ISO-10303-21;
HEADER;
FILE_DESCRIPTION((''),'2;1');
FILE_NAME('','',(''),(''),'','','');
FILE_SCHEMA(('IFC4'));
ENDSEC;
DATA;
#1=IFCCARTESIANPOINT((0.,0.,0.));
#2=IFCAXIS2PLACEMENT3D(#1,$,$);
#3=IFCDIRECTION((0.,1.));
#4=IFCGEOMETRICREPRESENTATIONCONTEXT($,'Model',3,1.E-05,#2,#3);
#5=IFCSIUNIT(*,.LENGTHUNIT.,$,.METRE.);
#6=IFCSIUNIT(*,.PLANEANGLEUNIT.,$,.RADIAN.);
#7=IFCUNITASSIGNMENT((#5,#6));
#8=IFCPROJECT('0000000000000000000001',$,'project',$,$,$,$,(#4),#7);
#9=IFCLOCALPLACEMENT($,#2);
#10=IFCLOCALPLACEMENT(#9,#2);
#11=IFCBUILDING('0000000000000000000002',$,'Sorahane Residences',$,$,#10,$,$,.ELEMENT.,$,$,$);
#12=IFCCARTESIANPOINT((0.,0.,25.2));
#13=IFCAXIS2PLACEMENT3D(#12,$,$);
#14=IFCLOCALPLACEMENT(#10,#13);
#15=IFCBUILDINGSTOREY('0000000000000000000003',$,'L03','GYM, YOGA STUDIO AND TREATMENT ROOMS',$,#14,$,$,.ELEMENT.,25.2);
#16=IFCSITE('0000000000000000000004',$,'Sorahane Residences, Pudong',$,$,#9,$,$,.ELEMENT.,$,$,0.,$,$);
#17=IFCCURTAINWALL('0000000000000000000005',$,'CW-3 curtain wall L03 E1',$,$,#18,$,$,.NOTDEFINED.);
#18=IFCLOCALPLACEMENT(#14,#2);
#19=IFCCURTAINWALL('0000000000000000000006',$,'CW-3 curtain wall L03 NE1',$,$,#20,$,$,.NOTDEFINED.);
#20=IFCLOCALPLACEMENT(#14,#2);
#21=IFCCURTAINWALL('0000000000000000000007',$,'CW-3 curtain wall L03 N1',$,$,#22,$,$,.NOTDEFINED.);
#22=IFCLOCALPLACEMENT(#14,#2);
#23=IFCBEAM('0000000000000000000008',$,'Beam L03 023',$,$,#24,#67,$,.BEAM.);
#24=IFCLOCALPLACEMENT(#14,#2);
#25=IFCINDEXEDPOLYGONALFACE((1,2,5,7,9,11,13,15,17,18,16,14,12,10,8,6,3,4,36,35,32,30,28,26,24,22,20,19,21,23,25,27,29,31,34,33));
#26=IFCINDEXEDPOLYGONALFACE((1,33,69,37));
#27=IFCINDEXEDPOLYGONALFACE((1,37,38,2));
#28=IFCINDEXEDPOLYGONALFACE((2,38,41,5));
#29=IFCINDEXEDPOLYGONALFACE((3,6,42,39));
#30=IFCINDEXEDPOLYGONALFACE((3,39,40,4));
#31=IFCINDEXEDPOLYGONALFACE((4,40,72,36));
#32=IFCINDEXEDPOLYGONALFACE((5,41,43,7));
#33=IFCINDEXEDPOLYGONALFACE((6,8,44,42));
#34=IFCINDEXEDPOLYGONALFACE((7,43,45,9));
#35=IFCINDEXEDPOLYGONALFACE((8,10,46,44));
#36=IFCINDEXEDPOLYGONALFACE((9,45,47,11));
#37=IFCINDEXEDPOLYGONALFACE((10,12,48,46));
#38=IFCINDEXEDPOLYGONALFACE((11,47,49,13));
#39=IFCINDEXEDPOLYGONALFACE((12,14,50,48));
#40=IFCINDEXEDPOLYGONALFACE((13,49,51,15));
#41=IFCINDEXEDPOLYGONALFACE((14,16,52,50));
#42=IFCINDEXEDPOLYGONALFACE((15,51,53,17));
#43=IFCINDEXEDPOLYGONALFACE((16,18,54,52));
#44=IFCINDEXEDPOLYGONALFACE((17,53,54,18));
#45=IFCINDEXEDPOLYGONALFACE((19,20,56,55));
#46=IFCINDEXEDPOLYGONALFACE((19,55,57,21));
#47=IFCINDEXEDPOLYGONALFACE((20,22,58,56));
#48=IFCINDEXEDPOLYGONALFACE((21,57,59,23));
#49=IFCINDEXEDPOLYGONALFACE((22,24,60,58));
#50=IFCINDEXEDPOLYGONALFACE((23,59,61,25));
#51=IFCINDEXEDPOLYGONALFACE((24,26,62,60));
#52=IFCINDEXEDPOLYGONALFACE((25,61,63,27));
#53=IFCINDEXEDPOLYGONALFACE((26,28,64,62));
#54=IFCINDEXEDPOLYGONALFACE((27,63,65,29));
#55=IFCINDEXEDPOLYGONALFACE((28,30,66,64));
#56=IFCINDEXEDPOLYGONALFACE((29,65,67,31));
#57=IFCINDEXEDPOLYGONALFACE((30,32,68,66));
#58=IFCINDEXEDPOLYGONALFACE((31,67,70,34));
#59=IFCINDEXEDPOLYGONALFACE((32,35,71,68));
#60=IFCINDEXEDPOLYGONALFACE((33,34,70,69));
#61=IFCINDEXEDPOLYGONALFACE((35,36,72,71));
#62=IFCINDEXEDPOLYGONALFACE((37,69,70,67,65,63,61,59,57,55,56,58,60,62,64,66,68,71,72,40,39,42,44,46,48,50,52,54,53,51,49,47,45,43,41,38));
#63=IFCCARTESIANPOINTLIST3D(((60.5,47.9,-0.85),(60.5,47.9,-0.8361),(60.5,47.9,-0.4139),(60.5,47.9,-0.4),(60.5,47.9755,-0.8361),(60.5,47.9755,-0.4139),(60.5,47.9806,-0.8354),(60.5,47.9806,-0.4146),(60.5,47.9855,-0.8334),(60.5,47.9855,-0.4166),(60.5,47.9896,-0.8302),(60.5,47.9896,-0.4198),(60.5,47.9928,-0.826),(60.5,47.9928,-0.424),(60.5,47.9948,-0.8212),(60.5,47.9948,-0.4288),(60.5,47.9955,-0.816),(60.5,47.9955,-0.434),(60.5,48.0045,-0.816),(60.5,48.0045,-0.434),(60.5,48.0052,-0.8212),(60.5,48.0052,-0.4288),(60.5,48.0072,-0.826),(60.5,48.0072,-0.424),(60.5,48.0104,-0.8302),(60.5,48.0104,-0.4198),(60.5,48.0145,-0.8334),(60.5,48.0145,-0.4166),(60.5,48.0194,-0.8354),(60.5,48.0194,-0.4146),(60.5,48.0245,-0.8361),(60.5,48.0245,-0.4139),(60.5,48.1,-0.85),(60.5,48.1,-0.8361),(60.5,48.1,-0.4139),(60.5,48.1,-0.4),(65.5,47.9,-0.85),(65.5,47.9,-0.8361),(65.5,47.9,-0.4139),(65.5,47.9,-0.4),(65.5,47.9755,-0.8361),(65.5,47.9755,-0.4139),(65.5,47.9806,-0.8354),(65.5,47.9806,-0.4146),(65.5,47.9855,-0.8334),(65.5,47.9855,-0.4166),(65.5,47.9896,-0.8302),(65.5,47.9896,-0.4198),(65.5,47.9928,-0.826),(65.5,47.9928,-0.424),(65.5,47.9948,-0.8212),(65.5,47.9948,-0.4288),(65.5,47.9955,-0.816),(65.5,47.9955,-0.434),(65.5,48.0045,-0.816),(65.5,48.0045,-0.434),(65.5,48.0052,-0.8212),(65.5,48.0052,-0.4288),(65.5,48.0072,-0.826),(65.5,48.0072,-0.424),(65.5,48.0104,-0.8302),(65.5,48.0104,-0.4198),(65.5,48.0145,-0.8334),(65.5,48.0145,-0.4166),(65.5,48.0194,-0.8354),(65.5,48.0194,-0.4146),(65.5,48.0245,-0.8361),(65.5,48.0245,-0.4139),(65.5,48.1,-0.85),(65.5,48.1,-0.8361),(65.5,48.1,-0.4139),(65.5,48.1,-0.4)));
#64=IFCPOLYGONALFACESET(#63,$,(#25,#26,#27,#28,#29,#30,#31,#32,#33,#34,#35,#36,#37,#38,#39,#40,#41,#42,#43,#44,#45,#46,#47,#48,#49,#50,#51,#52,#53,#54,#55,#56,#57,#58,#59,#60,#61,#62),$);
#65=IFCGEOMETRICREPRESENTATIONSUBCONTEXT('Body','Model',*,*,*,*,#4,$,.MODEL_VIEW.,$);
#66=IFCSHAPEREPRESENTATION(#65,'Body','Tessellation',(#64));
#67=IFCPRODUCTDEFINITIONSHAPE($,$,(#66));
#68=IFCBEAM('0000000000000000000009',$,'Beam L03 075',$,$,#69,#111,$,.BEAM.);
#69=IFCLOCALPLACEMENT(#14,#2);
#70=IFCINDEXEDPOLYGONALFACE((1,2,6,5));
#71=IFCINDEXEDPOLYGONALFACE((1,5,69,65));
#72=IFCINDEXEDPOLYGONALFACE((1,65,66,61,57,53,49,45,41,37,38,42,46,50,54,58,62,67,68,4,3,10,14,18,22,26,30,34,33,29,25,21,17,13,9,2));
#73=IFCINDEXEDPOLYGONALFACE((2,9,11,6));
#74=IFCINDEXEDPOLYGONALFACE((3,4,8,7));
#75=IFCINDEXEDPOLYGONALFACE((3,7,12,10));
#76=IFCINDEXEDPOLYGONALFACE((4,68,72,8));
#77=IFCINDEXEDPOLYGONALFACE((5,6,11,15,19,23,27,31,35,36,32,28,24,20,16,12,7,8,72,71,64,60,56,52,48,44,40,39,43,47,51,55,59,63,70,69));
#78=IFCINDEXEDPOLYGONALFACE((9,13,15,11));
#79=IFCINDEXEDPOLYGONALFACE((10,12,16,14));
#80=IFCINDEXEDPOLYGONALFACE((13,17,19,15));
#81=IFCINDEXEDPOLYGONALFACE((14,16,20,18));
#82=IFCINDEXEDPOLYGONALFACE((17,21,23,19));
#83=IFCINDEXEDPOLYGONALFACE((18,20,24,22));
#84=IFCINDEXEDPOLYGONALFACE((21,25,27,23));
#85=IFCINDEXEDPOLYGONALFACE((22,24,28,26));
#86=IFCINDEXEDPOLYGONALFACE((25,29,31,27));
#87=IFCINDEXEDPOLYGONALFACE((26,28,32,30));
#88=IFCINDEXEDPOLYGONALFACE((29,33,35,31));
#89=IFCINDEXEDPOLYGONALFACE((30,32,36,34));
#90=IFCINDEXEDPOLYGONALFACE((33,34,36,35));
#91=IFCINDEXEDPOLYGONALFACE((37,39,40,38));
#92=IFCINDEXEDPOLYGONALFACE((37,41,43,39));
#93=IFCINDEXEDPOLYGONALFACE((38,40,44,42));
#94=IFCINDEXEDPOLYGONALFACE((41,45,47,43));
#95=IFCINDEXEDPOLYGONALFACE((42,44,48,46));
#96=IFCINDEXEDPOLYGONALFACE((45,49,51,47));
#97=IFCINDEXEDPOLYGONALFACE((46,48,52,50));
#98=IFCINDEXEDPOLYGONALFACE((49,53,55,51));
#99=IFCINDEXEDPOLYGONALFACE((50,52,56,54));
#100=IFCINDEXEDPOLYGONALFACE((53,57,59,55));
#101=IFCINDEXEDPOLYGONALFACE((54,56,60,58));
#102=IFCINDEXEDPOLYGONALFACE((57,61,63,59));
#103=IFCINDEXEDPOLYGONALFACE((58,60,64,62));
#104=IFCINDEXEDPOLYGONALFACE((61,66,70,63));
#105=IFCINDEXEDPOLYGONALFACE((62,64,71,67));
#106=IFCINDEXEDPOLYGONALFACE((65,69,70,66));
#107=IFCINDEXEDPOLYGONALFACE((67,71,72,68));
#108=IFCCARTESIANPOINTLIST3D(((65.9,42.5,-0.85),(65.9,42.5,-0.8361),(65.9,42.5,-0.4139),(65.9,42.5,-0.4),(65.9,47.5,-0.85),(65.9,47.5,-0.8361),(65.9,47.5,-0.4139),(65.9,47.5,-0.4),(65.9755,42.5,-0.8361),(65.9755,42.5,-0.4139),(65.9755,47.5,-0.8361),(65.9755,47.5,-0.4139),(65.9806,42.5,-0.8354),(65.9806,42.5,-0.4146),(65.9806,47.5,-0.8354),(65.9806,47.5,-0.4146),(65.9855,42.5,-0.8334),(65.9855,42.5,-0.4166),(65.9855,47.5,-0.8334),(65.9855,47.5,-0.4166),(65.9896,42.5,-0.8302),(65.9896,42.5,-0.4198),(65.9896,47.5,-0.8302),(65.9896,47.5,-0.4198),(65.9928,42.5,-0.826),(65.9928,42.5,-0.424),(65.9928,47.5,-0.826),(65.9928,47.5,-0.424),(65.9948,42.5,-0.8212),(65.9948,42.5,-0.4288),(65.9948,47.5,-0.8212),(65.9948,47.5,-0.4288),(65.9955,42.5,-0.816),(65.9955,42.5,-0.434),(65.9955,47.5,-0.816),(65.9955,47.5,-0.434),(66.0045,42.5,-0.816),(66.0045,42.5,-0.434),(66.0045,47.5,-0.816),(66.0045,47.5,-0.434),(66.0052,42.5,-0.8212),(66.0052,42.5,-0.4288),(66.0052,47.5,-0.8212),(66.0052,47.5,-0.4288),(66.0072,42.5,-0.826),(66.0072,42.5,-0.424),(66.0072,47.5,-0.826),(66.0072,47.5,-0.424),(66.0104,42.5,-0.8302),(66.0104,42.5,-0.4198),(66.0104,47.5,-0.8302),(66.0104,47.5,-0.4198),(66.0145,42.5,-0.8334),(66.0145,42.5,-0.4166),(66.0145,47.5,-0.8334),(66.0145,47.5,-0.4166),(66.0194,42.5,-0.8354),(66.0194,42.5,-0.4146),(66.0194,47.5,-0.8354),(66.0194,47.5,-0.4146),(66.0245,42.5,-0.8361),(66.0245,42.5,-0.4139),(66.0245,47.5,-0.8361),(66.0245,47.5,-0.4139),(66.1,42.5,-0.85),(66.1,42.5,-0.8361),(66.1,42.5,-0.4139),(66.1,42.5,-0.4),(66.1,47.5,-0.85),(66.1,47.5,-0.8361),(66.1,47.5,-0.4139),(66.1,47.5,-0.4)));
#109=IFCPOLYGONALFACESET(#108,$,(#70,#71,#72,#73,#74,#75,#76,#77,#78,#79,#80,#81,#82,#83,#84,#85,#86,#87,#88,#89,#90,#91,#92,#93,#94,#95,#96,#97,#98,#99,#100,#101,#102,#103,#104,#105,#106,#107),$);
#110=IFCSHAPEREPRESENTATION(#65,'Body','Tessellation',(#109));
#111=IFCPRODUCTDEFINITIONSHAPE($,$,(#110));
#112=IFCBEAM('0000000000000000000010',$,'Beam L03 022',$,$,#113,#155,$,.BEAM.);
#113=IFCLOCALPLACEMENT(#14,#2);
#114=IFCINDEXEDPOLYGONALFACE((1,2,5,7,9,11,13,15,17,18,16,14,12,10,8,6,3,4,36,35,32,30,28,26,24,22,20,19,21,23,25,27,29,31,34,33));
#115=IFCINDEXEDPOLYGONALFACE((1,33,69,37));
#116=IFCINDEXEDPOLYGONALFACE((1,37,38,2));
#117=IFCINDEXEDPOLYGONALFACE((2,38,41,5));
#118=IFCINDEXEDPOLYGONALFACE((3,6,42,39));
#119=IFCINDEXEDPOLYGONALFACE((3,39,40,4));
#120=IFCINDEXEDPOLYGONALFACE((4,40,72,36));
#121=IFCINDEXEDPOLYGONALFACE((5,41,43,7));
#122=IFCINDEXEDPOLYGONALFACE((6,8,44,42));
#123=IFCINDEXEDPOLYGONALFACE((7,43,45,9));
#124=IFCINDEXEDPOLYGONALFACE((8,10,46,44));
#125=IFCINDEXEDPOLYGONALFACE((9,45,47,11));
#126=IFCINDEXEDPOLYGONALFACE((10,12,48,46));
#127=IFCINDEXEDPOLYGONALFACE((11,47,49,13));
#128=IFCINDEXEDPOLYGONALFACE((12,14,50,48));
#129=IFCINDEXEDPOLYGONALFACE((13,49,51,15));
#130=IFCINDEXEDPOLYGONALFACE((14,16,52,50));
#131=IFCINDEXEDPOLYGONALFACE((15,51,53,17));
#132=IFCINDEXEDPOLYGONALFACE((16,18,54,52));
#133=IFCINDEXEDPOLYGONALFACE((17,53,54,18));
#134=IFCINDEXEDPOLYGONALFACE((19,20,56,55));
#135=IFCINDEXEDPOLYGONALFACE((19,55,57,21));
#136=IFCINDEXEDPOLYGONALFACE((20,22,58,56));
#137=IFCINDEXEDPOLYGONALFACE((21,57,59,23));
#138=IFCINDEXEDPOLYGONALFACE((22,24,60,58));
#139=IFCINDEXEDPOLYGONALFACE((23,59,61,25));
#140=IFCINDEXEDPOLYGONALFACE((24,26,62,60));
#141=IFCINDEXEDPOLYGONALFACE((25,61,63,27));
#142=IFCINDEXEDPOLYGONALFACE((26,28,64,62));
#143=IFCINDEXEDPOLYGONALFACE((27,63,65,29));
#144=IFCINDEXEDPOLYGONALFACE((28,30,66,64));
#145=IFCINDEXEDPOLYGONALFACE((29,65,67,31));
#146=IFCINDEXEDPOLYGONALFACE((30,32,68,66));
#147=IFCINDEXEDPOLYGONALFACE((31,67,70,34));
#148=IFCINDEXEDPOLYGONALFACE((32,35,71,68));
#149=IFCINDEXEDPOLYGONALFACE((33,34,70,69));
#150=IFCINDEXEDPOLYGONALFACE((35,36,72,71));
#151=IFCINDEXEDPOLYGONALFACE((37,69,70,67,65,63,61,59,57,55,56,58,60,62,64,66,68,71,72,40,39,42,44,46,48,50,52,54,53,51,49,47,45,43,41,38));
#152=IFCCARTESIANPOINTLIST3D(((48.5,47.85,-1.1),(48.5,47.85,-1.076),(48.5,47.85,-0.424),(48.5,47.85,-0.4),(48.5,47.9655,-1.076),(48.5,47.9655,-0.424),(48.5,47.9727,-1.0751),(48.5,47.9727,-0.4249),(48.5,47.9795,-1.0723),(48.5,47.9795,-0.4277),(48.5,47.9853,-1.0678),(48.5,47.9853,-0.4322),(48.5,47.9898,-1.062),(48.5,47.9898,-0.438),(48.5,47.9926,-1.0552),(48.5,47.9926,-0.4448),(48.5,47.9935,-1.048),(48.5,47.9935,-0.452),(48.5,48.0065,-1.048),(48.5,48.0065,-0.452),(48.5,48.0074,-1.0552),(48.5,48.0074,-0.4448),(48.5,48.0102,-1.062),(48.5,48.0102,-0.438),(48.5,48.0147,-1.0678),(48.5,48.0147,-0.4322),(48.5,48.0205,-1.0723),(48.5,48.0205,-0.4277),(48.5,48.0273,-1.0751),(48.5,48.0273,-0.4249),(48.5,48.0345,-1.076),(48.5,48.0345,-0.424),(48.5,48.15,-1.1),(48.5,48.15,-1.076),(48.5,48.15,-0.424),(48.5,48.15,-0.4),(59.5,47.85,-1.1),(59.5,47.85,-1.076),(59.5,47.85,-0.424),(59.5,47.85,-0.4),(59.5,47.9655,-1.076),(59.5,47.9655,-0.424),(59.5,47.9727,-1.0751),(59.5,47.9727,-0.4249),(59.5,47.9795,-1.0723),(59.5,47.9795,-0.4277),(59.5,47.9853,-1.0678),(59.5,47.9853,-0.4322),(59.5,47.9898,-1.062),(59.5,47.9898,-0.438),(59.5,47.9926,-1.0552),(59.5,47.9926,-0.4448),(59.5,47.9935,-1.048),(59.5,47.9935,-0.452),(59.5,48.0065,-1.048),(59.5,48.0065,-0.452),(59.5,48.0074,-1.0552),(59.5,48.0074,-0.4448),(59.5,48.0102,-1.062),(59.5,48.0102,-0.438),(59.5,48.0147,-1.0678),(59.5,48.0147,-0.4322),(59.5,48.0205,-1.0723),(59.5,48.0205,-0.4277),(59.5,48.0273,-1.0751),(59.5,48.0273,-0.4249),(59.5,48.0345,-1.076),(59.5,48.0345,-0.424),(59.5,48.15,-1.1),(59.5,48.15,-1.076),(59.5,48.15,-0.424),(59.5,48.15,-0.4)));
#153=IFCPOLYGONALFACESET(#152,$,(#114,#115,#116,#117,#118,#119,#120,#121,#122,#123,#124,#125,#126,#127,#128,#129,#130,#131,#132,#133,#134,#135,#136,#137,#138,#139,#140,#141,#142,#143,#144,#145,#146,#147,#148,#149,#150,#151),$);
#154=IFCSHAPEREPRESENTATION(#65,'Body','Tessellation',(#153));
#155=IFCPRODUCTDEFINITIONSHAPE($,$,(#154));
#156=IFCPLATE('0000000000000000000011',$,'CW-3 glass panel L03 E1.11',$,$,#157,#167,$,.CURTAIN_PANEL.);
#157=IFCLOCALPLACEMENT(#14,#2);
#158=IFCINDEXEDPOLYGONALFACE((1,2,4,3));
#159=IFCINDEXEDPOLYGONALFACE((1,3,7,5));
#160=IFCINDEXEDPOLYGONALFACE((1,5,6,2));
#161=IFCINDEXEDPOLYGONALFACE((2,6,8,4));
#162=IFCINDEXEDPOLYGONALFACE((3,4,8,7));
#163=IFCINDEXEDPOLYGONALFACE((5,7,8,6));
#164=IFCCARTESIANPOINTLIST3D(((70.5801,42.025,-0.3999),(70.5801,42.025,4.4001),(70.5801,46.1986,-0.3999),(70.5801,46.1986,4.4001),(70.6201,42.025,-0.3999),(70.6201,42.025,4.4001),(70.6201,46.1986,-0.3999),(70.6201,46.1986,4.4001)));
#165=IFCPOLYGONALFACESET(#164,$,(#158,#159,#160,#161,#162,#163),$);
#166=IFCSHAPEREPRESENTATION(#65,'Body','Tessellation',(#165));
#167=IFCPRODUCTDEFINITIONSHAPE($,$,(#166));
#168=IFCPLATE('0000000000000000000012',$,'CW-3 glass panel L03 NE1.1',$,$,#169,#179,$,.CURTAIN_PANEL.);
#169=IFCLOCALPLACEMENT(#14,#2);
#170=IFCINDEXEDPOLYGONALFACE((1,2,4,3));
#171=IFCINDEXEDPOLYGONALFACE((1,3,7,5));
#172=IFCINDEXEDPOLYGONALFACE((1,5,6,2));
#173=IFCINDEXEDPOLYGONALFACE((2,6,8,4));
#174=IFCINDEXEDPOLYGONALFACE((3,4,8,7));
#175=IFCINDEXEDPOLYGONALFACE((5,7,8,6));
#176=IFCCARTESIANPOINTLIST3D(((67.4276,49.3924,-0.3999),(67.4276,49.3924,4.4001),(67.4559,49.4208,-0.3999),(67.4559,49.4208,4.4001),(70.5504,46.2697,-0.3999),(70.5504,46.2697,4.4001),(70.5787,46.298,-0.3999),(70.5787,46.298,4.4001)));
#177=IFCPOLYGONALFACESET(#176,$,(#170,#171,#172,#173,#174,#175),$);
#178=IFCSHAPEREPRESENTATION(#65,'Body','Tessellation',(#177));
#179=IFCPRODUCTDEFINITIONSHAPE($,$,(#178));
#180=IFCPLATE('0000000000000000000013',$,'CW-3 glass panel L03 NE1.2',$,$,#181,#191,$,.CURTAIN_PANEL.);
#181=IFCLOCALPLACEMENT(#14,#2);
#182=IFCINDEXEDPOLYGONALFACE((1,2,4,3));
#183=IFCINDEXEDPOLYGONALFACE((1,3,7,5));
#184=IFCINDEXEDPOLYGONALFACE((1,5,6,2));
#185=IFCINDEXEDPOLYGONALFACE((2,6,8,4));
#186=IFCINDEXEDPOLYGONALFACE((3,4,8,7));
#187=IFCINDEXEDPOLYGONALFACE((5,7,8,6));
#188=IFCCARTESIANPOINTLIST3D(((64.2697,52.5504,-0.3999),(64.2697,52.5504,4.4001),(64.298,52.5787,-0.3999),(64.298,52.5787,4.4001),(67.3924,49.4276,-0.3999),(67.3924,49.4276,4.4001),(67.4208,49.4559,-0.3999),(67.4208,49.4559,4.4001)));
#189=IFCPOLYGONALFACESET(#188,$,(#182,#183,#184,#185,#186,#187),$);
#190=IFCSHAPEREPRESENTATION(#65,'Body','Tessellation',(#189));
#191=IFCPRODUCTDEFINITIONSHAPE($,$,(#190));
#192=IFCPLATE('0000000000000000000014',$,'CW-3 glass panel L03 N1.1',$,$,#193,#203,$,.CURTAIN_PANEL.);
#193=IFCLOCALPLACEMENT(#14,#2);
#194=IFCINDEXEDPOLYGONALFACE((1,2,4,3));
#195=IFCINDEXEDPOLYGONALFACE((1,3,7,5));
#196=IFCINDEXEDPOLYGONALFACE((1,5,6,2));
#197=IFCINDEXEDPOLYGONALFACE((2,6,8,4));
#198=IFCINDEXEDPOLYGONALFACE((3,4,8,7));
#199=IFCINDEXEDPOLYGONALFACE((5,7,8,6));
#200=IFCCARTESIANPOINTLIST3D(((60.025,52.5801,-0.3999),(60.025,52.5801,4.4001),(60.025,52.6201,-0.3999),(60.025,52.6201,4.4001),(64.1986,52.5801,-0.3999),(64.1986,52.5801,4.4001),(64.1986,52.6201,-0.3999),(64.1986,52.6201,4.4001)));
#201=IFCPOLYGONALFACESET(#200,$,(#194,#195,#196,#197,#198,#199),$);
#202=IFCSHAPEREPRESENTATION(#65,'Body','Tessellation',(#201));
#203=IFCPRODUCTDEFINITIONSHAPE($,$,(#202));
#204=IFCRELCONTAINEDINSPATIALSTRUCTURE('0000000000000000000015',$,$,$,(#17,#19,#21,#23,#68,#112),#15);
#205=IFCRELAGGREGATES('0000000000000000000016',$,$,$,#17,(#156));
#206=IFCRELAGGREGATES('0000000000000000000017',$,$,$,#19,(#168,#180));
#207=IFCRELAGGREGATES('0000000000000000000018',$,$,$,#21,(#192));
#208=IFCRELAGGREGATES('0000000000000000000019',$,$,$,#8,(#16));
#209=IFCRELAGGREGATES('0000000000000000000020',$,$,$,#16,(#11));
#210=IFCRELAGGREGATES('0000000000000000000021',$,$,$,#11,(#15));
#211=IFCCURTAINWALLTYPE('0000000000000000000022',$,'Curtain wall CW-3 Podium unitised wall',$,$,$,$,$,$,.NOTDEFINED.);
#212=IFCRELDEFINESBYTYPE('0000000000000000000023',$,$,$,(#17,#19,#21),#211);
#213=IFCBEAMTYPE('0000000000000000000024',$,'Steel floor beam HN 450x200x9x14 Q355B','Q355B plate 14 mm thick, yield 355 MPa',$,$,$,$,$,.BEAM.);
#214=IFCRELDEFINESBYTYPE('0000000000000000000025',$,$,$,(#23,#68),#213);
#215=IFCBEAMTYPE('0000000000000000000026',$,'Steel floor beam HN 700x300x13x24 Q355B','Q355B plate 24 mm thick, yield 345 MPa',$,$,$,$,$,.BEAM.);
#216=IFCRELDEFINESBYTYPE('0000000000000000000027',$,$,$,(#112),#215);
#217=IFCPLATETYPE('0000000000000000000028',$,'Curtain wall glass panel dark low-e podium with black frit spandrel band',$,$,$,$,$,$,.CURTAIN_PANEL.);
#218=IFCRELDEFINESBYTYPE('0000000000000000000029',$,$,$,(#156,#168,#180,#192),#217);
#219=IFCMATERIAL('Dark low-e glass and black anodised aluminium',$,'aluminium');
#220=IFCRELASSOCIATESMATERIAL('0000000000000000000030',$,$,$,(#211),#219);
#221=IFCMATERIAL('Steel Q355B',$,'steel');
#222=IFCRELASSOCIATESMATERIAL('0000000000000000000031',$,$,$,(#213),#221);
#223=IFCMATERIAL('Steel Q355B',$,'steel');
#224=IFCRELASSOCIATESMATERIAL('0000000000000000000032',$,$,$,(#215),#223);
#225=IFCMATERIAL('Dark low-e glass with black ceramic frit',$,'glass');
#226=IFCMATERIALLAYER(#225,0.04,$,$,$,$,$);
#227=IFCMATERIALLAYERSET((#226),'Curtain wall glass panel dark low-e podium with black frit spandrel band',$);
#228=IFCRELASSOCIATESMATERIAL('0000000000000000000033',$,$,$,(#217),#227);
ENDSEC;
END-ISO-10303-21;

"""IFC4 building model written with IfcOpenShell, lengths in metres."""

from ifc_helpers import new_model, si_unit, direction, frame, origin, origin_2d, place, context, subcontext, project, spatial, rectangle, i_section, extrude, material, layer, layer_set, material_profile, profile_set, type_object, element, aggregate, save


model = new_model("IFC4")

# Units and contexts
model_context = context("Model", 3, precision=1e-05, world=origin(), true_north=direction((0.0, 1.0)))
body_context = subcontext(model_context, "Body", "Model", "MODEL_VIEW")
ifc_project = project(units=[si_unit("LENGTHUNIT", "METRE"), si_unit("PLANEANGLEUNIT", "RADIAN")], contexts=[model_context])

# Site, building, storey
site_placement = place(None, origin())
site = spatial("IfcSite", under=ifc_project, at=site_placement, Name="Sorahane Residences, Pudong", CompositionType="ELEMENT", RefElevation=0.0)
building_placement = place(site_placement, origin())
building = spatial("IfcBuilding", under=site, at=building_placement, Name="Sorahane Residences", CompositionType="ELEMENT")
storey_placement = place(building_placement, frame((0.0, 0.0, 25.2)))
storey = spatial("IfcBuildingStorey", under=building, at=storey_placement, Name="L03", Description="GYM, YOGA STUDIO AND TREATMENT ROOMS", CompositionType="ELEMENT", Elevation=25.2)

# Curtain walls
ifc_material_1 = material(Name="Dark low-e glass and black anodised aluminium", Category="aluminium")
curtain_wall_type = type_object("IfcCurtainWallType", Name="Curtain wall CW-3 Podium unitised wall", PredefinedType="NOTDEFINED", material=ifc_material_1)
curtain_wall_1_placement = place(storey_placement, origin())
curtain_wall_1 = element("IfcCurtainWall", 1, at=curtain_wall_1_placement, inside=storey, type_object=curtain_wall_type, Name="CW-3 curtain wall L03 E1", PredefinedType="NOTDEFINED")
curtain_wall_2_placement = place(storey_placement, origin())
curtain_wall_2 = element("IfcCurtainWall", 2, at=curtain_wall_2_placement, inside=storey, type_object=curtain_wall_type, Name="CW-3 curtain wall L03 NE1", PredefinedType="NOTDEFINED")
curtain_wall_3_placement = place(storey_placement, origin())
curtain_wall_3 = element("IfcCurtainWall", 3, at=curtain_wall_3_placement, inside=storey, type_object=curtain_wall_type, Name="CW-3 curtain wall L03 N1", PredefinedType="NOTDEFINED")

# Beams
ifc_material_2 = material(Name="Steel Q355B", Category="steel")
ifc_material_profile_1 = material_profile(ifc_material_2, i_section(OverallWidth=0.2, OverallDepth=0.45, WebThickness=0.009, FlangeThickness=0.0139, FilletRadius=0.02, at=origin_2d()), Name="HN 450x200x9x14")
ifc_profile_set_1 = profile_set([ifc_material_profile_1], Name="Steel Q355B")
beam_type_1 = type_object("IfcBeamType", Name="Steel floor beam HN 450x200x9x14 Q355B", Description="Q355B plate 14 mm thick, yield 355 MPa", PredefinedType="BEAM", material=ifc_profile_set_1)
for number, where, z_axis, x_axis, name in (
    (4, (60.5, 48.0, -0.625), (1.0, 0.0, 0.0), (0.0, 1.0, 0.0), "Beam L03 023"),
    (5, (66.0, 42.5, -0.625), (0.0, 1.0, 0.0), (-1.0, 0.0, 0.0), "Beam L03 075"),
):
    element("IfcBeam", number, at=place(storey_placement, frame(where, z_axis=z_axis, x_axis=x_axis)), inside=storey, type_object=beam_type_1, Name=name, PredefinedType="BEAM", context=body_context, shape_type="SweptSolid", body=[
        extrude(i_section(OverallWidth=0.2, OverallDepth=0.45, WebThickness=0.009, FlangeThickness=0.0139, FilletRadius=0.02, at=origin_2d()), origin(), (0.0, 0.0, 1.0), 5.0),
    ])
ifc_material_3 = material(Name="Steel Q355B", Category="steel")
ifc_material_profile_2 = material_profile(ifc_material_3, i_section(OverallWidth=0.3, OverallDepth=0.7, WebThickness=0.0129, FlangeThickness=0.0239, FilletRadius=0.0281, at=origin_2d()), Name="HN 700x300x13x24")
ifc_profile_set_2 = profile_set([ifc_material_profile_2], Name="Steel Q355B")
beam_type_2 = type_object("IfcBeamType", Name="Steel floor beam HN 700x300x13x24 Q355B", Description="Q355B plate 24 mm thick, yield 345 MPa", PredefinedType="BEAM", material=ifc_profile_set_2)
beam_placement = place(storey_placement, frame((48.5, 48.0, -0.75), z_axis=(1.0, 0.0, 0.0), x_axis=(0.0, 1.0, 0.0)))
element("IfcBeam", 6, at=beam_placement, inside=storey, type_object=beam_type_2, Name="Beam L03 022", PredefinedType="BEAM", context=body_context, shape_type="SweptSolid", body=[
    extrude(i_section(OverallWidth=0.3, OverallDepth=0.7, WebThickness=0.0129, FlangeThickness=0.0239, FilletRadius=0.0281, at=origin_2d()), origin(), (0.0, 0.0, 1.0), 11.0),
])

# Plates
ifc_material_4 = material(Name="Dark low-e glass with black ceramic frit", Category="glass")
ifc_layer = layer(ifc_material_4, 0.04)
ifc_layer_set = layer_set([ifc_layer], Name="Curtain wall glass panel dark low-e podium with black frit spandrel band")
plate_type = type_object("IfcPlateType", Name="Curtain wall glass panel dark low-e podium with black frit spandrel band", PredefinedType="CURTAIN_PANEL", material=ifc_layer_set)
plate_1_placement = place(storey_placement, frame((70.6001, 44.1118, -0.3999), z_axis=(0.0, 0.0, 1.0), x_axis=(0.0, 1.0, 0.0)))
plate_1 = element("IfcPlate", 7, at=plate_1_placement, type_object=plate_type, Name="CW-3 glass panel L03 E1.11", PredefinedType="CURTAIN_PANEL", context=body_context, shape_type="SweptSolid", body=[
    extrude(rectangle(XDim=4.1736, YDim=0.04, at=origin_2d()), origin(), (0.0, 0.0, 1.0), 4.8),
])
aggregate(curtain_wall_1, [plate_1])
plate_2_placement = place(storey_placement, frame((69.0032, 47.8452, -0.3999), z_axis=(0.0, 0.0, 1.0), x_axis=(-0.707107, 0.707107, 0.0)))
plate_2 = element("IfcPlate", 8, at=plate_2_placement, type_object=plate_type, Name="CW-3 glass panel L03 NE1.1", PredefinedType="CURTAIN_PANEL", context=body_context, shape_type="SweptSolid", body=[
    extrude(rectangle(XDim=4.4163, YDim=0.04, at=origin_2d()), origin(), (0.0, 0.0, 1.0), 4.8),
])
plate_3_placement = place(storey_placement, frame((65.8452, 51.0032, -0.3999), z_axis=(0.0, 0.0, 1.0), x_axis=(-0.707107, 0.707107, 0.0)))
plate_3 = element("IfcPlate", 9, at=plate_3_placement, type_object=plate_type, Name="CW-3 glass panel L03 NE1.2", PredefinedType="CURTAIN_PANEL", context=body_context, shape_type="SweptSolid", body=[
    extrude(rectangle(XDim=4.4163, YDim=0.04, at=origin_2d()), origin(), (0.0, 0.0, 1.0), 4.8),
])
aggregate(curtain_wall_2, [plate_2, plate_3])
plate_4_placement = place(storey_placement, frame((62.1118, 52.6001, -0.3999), z_axis=(0.0, 0.0, 1.0), x_axis=(-1.0, 0.0, 0.0)))
plate_4 = element("IfcPlate", 10, at=plate_4_placement, type_object=plate_type, Name="CW-3 glass panel L03 N1.1", PredefinedType="CURTAIN_PANEL", context=body_context, shape_type="SweptSolid", body=[
    extrude(rectangle(XDim=4.1736, YDim=0.04, at=origin_2d()), origin(), (0.0, 0.0, 1.0), 4.8),
])
aggregate(curtain_wall_3, [plate_4])

save(model, "model.ifc")
